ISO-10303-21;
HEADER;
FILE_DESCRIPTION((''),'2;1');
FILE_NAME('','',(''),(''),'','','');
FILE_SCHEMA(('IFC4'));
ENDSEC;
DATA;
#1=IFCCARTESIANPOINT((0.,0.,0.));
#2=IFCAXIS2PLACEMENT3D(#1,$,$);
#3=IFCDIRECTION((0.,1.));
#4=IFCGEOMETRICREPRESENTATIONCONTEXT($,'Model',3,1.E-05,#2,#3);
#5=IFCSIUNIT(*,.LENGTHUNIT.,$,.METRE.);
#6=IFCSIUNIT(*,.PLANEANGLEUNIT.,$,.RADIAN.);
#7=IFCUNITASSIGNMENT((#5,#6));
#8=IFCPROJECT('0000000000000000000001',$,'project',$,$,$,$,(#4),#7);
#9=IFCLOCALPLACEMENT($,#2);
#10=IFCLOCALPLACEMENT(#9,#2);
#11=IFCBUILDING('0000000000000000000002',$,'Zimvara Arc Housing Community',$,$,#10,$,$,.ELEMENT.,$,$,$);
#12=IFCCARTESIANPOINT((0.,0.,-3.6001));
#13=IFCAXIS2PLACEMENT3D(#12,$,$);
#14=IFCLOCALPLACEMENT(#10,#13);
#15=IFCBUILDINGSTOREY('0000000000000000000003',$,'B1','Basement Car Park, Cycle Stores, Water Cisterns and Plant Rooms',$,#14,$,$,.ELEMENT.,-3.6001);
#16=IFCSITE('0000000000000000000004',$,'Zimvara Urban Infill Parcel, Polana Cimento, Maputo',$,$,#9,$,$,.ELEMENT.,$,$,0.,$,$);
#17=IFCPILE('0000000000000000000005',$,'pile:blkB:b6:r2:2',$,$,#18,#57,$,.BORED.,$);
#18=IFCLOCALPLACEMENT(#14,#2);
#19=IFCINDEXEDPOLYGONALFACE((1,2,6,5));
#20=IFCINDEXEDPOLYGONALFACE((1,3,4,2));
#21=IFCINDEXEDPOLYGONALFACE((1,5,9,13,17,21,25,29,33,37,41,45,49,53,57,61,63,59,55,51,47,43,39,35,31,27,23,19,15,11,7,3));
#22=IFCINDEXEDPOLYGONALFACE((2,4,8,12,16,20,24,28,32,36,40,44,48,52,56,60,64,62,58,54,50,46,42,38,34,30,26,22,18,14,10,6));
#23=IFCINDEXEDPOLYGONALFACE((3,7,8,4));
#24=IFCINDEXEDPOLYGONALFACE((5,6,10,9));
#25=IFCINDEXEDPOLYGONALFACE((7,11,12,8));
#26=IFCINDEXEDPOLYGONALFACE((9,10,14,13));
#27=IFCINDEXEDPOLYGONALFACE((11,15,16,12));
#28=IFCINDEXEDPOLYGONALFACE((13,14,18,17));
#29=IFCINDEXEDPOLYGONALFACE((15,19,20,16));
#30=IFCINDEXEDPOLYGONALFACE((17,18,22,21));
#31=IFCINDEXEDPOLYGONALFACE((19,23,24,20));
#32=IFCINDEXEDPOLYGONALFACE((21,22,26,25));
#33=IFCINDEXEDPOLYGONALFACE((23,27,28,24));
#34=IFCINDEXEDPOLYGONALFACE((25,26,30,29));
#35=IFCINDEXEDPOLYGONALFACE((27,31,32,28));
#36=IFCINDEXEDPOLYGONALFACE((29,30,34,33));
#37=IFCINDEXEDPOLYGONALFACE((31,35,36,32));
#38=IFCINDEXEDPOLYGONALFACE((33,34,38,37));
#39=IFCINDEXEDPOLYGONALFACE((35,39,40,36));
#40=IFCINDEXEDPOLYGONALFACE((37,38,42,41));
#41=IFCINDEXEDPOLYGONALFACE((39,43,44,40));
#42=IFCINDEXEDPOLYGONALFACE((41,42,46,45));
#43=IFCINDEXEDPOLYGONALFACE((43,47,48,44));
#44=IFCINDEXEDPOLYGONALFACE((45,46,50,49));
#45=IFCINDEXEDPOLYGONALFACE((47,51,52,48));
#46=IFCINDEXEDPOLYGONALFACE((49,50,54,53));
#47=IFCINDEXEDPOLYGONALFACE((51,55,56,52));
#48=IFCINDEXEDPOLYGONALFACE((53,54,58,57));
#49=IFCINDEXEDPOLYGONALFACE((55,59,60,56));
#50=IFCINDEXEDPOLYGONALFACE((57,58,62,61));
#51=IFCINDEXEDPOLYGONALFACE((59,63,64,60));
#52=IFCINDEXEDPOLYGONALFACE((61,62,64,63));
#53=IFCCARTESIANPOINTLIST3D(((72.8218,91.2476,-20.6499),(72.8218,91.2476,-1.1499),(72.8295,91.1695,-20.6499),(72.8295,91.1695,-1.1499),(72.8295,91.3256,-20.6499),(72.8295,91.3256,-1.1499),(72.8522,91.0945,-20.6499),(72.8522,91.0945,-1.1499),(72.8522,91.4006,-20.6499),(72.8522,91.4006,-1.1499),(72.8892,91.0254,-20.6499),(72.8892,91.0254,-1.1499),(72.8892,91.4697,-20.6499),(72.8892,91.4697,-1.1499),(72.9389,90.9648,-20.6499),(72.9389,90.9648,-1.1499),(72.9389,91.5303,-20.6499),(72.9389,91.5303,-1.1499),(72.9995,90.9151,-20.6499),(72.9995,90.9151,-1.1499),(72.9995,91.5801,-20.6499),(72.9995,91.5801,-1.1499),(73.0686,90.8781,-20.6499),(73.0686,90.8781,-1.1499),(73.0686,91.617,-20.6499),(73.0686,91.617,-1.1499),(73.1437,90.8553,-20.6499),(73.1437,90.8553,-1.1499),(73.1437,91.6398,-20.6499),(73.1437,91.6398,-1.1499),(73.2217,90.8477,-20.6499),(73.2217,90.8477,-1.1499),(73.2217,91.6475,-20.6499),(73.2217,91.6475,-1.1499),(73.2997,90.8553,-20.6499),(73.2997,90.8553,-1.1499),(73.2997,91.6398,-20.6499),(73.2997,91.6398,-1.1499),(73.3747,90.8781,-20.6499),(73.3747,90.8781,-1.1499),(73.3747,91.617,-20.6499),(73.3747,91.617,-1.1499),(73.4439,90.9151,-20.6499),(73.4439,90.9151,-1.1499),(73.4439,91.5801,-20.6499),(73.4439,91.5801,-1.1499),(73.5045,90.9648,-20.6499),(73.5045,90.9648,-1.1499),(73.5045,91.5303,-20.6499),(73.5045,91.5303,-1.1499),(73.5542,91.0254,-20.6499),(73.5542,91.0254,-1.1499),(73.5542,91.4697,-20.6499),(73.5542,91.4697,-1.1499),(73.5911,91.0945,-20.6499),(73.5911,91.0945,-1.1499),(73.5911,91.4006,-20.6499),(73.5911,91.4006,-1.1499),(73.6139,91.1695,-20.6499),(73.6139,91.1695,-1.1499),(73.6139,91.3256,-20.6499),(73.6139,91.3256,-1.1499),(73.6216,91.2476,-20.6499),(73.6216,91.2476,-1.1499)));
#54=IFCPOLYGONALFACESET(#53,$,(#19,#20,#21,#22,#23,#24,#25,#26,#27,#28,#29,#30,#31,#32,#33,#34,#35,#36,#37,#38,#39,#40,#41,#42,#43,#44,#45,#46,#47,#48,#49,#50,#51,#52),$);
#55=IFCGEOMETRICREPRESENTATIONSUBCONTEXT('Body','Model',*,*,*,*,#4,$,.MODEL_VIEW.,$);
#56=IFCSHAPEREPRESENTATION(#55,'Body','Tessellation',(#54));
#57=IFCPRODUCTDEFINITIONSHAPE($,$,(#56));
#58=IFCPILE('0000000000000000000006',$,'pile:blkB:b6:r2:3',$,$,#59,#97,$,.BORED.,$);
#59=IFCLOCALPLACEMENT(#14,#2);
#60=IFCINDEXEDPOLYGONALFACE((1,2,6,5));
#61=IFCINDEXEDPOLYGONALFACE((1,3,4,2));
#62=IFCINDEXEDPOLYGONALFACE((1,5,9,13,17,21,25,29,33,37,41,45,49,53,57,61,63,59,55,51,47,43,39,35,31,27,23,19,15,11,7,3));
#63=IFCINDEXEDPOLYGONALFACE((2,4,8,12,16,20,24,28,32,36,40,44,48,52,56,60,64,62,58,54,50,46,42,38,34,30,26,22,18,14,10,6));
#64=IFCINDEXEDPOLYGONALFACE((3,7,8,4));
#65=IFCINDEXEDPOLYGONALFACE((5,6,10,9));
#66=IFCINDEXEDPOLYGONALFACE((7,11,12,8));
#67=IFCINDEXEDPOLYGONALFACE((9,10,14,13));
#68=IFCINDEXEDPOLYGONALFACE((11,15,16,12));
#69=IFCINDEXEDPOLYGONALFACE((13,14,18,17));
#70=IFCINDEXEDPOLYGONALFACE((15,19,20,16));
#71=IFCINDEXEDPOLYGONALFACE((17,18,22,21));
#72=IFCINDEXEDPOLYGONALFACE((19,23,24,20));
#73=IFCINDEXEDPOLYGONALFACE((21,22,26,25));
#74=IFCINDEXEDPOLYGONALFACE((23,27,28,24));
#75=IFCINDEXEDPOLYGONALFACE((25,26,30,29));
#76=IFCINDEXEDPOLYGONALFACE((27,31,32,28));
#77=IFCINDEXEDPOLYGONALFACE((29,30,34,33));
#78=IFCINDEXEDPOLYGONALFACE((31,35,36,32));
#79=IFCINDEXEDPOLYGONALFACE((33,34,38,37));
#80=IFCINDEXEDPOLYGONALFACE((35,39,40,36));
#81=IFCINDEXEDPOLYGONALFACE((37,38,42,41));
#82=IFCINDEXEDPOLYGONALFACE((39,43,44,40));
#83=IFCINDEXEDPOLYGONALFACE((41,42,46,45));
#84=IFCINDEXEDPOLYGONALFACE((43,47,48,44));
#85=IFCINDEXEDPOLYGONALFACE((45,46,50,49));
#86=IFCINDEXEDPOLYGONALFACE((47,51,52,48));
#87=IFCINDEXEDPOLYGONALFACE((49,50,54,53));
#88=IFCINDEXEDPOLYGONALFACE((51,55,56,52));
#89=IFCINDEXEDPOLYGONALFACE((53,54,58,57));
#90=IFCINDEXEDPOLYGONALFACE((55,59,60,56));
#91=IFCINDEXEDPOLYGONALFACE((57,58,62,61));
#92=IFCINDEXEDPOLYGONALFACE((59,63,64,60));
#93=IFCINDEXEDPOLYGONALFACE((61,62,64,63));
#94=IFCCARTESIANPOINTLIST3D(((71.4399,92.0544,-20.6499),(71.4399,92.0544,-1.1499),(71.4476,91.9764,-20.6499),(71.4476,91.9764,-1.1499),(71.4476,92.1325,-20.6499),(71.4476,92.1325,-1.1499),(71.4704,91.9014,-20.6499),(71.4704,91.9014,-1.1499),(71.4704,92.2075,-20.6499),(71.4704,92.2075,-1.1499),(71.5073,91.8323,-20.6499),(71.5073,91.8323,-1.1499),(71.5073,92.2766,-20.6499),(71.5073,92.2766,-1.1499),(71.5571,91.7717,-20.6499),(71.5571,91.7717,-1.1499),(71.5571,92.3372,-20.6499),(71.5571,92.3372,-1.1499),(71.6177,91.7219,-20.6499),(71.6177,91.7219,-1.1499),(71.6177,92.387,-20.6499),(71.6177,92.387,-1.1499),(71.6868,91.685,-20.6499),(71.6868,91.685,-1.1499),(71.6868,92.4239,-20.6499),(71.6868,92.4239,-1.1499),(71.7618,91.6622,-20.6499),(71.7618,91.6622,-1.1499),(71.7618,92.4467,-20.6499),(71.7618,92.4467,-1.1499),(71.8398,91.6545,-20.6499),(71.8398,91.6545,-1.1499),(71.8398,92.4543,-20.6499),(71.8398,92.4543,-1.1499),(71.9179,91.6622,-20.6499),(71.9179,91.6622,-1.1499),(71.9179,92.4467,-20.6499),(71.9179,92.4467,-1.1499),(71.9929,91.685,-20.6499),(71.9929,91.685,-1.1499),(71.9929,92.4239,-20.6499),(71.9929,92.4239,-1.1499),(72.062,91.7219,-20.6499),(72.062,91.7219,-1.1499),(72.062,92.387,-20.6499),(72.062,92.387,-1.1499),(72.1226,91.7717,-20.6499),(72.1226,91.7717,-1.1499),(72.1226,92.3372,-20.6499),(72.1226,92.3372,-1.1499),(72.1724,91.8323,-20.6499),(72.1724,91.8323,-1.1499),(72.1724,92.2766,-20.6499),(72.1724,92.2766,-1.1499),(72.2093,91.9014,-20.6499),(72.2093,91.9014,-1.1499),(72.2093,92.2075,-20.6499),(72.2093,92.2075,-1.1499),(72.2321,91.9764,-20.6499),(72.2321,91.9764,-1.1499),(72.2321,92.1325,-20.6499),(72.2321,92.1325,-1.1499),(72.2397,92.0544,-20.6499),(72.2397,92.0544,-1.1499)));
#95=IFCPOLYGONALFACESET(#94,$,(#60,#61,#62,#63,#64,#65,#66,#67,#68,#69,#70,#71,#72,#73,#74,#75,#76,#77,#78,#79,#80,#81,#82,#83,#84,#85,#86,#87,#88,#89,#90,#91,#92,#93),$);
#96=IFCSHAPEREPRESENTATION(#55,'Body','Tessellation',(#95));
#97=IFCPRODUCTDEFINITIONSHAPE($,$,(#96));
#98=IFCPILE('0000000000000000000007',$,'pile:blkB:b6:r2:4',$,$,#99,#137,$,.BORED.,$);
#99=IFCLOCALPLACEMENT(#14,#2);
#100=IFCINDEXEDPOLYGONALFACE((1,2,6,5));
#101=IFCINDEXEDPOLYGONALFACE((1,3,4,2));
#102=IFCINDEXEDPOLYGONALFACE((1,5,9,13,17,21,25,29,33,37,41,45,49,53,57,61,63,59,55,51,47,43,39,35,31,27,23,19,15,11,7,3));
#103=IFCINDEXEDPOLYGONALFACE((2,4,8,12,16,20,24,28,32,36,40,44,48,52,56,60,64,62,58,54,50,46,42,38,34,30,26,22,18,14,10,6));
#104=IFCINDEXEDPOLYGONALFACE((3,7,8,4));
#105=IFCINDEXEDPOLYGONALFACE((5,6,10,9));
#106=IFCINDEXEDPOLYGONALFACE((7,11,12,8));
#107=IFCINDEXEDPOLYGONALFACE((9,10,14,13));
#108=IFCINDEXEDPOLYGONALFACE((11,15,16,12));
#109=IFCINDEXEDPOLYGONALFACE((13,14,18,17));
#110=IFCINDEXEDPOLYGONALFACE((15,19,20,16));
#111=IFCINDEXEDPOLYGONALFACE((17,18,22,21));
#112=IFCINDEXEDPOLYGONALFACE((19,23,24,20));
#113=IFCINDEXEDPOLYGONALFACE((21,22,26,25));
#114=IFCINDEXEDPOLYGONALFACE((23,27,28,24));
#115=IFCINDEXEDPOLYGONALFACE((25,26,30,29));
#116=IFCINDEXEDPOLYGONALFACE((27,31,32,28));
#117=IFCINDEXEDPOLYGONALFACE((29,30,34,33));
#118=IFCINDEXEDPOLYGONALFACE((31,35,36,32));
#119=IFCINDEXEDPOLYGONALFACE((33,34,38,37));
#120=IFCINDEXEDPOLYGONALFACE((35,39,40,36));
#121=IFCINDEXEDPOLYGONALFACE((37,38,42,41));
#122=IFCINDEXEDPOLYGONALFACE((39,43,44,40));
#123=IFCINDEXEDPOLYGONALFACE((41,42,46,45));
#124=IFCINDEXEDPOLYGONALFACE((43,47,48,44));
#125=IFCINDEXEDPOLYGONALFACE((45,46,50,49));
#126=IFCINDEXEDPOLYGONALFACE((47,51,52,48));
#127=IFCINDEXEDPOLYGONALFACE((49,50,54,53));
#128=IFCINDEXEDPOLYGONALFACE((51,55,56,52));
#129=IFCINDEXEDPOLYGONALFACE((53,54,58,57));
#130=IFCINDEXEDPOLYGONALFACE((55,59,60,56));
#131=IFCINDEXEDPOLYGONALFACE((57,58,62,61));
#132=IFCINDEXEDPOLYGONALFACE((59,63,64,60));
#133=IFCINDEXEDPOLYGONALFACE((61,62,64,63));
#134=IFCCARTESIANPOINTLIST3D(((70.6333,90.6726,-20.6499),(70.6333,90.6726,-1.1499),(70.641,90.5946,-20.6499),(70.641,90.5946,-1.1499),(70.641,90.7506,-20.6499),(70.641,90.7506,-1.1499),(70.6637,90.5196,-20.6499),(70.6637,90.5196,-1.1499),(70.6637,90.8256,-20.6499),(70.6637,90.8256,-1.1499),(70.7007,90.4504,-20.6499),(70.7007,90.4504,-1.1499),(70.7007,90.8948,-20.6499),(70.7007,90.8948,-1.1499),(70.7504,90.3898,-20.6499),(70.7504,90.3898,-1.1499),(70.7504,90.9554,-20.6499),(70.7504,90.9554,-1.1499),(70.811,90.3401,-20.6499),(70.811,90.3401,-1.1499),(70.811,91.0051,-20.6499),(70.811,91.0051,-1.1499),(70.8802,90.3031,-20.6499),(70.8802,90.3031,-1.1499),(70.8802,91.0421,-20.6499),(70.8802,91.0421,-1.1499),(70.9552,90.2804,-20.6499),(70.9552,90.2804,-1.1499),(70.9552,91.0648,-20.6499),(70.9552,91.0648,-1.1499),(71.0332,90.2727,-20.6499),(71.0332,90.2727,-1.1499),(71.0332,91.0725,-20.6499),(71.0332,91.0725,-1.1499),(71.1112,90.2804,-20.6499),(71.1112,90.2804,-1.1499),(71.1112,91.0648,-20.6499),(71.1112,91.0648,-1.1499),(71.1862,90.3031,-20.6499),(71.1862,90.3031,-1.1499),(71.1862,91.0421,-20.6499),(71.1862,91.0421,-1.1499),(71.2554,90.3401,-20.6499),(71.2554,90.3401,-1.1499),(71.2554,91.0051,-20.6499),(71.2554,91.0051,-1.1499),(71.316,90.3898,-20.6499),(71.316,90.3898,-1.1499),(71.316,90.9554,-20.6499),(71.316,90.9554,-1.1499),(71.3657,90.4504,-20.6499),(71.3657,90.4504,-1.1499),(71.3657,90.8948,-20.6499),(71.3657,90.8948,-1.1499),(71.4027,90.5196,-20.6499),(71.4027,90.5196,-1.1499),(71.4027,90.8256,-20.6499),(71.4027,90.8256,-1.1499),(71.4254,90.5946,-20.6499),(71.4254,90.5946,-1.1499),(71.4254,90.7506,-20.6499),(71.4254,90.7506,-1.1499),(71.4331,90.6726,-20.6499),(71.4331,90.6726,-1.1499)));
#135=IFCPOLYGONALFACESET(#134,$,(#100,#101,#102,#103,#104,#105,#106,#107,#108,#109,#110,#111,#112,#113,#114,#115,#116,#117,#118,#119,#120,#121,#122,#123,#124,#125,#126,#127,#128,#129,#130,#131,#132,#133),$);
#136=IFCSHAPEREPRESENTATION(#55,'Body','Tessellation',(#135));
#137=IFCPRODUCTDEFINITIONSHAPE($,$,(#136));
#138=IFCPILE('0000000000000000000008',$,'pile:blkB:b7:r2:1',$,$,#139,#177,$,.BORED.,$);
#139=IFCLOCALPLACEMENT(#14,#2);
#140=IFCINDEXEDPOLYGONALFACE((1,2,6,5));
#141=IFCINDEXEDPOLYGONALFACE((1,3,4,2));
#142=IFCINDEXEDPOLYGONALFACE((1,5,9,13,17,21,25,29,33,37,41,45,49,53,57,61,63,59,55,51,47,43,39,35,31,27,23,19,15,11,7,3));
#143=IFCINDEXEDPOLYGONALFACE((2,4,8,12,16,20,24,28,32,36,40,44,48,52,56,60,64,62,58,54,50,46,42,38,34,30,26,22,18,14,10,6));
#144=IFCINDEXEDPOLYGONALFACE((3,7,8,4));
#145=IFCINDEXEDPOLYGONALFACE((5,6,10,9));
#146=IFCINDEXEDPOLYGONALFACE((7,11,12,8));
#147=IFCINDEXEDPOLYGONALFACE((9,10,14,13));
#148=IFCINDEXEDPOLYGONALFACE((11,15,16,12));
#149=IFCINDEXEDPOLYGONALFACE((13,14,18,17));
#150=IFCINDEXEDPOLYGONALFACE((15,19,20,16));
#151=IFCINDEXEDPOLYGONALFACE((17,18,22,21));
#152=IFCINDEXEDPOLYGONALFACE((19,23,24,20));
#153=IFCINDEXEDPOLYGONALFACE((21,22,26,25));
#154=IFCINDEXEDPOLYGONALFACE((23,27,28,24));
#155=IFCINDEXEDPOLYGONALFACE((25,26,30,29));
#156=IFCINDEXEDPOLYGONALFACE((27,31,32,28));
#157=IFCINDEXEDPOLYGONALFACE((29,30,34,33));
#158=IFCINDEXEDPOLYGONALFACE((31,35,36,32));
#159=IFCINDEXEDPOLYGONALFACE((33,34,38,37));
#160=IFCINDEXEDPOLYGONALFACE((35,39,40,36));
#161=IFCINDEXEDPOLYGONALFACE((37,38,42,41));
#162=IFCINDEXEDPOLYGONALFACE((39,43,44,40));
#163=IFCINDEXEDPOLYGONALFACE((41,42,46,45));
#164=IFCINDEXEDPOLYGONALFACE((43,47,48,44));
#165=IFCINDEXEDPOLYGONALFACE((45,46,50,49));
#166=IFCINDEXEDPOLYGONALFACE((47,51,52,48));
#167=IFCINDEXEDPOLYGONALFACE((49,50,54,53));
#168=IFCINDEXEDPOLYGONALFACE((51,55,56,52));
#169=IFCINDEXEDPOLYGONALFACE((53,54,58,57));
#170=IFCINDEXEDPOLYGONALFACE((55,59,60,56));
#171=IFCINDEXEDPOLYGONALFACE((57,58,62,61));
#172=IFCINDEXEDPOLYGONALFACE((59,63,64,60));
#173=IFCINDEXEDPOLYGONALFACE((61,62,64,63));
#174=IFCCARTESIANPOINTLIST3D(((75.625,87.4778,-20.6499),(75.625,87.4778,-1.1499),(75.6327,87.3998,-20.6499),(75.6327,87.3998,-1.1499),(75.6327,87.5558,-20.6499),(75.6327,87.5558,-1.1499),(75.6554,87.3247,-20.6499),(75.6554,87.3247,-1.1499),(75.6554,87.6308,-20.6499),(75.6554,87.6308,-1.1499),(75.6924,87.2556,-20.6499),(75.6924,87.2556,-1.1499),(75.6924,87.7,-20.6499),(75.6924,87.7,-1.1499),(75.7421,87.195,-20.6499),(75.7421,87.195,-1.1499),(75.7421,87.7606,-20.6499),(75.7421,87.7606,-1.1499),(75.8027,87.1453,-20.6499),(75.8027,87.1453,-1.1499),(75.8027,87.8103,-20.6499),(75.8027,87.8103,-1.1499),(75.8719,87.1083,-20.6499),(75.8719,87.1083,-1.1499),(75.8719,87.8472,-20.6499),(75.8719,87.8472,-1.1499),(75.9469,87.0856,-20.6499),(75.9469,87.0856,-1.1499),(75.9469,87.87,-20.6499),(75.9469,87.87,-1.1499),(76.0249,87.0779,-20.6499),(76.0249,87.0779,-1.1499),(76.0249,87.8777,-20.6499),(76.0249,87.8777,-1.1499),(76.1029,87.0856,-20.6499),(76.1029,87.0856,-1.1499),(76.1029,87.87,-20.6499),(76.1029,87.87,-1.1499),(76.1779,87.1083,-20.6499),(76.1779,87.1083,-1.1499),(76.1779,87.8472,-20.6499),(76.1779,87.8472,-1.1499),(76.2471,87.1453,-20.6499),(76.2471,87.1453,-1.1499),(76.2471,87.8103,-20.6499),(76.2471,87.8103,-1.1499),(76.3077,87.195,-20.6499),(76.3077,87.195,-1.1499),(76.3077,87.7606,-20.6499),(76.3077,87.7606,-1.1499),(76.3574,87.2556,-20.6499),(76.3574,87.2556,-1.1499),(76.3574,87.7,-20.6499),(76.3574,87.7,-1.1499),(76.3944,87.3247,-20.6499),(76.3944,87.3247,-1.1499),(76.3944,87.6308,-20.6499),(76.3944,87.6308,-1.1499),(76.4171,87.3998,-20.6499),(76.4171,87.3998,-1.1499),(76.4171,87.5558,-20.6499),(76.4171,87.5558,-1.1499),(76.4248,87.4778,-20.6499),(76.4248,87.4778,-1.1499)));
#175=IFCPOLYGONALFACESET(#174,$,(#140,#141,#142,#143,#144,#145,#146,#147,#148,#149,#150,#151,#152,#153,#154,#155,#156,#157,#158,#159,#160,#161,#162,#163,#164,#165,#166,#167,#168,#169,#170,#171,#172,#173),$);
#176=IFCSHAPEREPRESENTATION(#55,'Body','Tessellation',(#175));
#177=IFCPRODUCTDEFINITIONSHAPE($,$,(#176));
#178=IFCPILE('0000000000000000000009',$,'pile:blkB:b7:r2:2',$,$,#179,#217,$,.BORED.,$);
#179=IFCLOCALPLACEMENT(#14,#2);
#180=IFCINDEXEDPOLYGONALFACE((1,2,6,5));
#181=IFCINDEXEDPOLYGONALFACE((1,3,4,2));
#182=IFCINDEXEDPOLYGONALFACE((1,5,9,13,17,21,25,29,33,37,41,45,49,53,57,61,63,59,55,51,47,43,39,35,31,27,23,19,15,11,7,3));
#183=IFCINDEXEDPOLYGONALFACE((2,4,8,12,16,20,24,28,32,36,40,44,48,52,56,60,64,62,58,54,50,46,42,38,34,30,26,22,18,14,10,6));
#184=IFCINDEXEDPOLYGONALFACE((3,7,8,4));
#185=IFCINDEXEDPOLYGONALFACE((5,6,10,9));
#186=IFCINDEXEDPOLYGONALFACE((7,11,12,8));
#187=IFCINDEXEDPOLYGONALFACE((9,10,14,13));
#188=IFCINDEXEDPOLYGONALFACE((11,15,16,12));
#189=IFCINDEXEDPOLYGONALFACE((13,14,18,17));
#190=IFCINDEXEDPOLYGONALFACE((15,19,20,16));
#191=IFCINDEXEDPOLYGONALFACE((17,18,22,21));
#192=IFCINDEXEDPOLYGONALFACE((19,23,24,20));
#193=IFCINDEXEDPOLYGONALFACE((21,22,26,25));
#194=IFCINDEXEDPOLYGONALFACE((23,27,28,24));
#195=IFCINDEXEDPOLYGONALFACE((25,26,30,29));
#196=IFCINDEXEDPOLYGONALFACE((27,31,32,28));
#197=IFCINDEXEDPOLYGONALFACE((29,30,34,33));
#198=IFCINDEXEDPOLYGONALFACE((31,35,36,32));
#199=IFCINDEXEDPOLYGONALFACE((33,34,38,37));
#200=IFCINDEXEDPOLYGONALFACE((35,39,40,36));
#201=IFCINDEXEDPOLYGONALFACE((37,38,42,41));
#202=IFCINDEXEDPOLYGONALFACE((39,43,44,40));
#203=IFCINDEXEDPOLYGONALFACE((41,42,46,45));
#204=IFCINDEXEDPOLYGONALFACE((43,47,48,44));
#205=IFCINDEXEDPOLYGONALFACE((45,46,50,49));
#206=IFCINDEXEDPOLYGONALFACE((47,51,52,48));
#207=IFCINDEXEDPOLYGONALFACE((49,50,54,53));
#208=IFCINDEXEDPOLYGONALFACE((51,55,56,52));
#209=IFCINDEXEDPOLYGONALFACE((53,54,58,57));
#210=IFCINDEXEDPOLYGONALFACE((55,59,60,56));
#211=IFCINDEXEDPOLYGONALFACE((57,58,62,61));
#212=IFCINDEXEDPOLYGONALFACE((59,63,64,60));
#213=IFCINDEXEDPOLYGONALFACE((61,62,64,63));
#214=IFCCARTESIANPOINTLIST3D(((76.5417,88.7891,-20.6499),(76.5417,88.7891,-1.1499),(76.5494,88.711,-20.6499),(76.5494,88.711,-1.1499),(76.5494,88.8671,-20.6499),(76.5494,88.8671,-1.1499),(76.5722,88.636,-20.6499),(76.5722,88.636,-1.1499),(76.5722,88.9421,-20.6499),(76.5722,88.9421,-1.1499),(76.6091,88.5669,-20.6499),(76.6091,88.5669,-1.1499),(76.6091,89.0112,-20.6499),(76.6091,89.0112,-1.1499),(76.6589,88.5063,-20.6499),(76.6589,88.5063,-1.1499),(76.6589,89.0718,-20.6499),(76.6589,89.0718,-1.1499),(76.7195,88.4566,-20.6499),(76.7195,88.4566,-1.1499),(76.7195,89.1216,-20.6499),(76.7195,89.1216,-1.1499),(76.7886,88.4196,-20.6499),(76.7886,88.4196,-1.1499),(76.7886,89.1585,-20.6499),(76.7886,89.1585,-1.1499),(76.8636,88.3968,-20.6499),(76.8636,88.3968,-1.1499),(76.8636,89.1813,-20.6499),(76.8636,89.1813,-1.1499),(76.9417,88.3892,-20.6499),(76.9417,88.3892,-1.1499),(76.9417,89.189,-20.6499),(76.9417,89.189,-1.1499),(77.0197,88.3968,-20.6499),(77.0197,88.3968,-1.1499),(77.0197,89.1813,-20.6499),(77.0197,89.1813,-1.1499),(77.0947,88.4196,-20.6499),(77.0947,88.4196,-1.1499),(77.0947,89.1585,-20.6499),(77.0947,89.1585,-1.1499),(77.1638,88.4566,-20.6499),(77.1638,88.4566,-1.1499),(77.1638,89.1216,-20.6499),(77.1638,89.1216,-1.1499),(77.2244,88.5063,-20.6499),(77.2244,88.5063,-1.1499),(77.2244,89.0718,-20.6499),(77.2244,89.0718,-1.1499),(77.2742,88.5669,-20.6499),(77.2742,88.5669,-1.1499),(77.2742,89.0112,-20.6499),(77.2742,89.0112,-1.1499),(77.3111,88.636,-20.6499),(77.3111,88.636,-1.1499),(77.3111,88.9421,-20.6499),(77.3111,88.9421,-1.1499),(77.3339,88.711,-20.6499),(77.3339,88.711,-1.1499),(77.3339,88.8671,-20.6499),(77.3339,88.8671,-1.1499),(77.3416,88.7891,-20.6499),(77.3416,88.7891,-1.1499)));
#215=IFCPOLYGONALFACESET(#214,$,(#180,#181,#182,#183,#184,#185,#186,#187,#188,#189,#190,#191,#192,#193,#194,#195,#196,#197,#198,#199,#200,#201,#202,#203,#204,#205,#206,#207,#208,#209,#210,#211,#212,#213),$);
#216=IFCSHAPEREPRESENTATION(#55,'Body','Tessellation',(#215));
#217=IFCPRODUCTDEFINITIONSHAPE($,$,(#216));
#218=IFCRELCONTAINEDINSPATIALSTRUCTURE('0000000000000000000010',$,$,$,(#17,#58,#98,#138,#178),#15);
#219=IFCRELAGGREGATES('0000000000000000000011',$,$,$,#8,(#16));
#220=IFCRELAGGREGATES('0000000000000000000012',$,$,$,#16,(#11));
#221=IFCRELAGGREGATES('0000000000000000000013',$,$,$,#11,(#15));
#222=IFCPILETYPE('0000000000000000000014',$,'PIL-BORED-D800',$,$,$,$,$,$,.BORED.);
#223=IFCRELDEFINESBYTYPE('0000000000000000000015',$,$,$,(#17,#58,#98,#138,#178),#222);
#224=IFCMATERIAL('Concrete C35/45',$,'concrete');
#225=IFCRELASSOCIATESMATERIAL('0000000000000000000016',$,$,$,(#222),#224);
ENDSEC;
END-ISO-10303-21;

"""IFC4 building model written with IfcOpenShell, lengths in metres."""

from ifc_helpers import new_model, si_unit, direction, frame, origin, origin_2d, place, context, subcontext, project, spatial, circle, extrude, material, material_profile, profile_set, type_object, element, save


model = new_model("IFC4")

# Units and contexts
model_context = context("Model", 3, precision=1e-05, world=origin(), true_north=direction((0.0, 1.0)))
body_context = subcontext(model_context, "Body", "Model", "MODEL_VIEW")
ifc_project = project(units=[si_unit("LENGTHUNIT", "METRE"), si_unit("PLANEANGLEUNIT", "RADIAN")], contexts=[model_context])

# Site, building, storey
site_placement = place(None, origin())
site = spatial("IfcSite", under=ifc_project, at=site_placement, Name="Zimvara Urban Infill Parcel, Polana Cimento, Maputo", CompositionType="ELEMENT", RefElevation=0.0)
building_placement = place(site_placement, origin())
building = spatial("IfcBuilding", under=site, at=building_placement, Name="Zimvara Arc Housing Community", CompositionType="ELEMENT")
storey_placement = place(building_placement, frame((0.0, 0.0, -3.6001)))
storey = spatial("IfcBuildingStorey", under=building, at=storey_placement, Name="B1", Description="Basement Car Park, Cycle Stores, Water Cisterns and Plant Rooms", CompositionType="ELEMENT", Elevation=-3.6001)

# Piles
ifc_material_1 = material(Name="Concrete C35/45", Category="concrete")
ifc_material_profile_1 = material_profile(ifc_material_1, circle(Radius=0.3999, at=origin_2d()), Name="PILE D800")
ifc_profile_set_1 = profile_set([ifc_material_profile_1], Name="Concrete C35/45")
pile_type = type_object("IfcPileType", Name="PIL-BORED-D800", PredefinedType="BORED", material=ifc_profile_set_1)
for number, where, z_axis, x_axis, name in (
    (1, (73.2217, 91.2476, -1.1499), (0.0, 0.0, -1.0), (1.0, 0.0, 0.0), "pile:blkB:b6:r2:2"),
    (2, (71.8398, 92.0544, -1.1499), (0.0, 0.0, -1.0), (1.0, 0.0, 0.0), "pile:blkB:b6:r2:3"),
    (3, (71.0332, 90.6726, -1.1499), (0.0, 0.0, -1.0), (1.0, 0.0, 0.0), "pile:blkB:b6:r2:4"),
    (4, (76.0249, 87.4778, -1.1499), (0.0, 0.0, -1.0), (1.0, 0.0, 0.0), "pile:blkB:b7:r2:1"),
    (5, (76.9417, 88.7891, -1.1499), (0.0, 0.0, -1.0), (1.0, 0.0, 0.0), "pile:blkB:b7:r2:2"),
):
    element("IfcPile", number, at=place(storey_placement, frame(where, z_axis=z_axis, x_axis=x_axis)), inside=storey, type_object=pile_type, Name=name, PredefinedType="BORED", context=body_context, shape_type="SweptSolid", body=[
        extrude(circle(Radius=0.3999, at=origin_2d()), origin(), (0.0, 0.0, 1.0), 19.5),
    ])

save(model, "model.ifc")
